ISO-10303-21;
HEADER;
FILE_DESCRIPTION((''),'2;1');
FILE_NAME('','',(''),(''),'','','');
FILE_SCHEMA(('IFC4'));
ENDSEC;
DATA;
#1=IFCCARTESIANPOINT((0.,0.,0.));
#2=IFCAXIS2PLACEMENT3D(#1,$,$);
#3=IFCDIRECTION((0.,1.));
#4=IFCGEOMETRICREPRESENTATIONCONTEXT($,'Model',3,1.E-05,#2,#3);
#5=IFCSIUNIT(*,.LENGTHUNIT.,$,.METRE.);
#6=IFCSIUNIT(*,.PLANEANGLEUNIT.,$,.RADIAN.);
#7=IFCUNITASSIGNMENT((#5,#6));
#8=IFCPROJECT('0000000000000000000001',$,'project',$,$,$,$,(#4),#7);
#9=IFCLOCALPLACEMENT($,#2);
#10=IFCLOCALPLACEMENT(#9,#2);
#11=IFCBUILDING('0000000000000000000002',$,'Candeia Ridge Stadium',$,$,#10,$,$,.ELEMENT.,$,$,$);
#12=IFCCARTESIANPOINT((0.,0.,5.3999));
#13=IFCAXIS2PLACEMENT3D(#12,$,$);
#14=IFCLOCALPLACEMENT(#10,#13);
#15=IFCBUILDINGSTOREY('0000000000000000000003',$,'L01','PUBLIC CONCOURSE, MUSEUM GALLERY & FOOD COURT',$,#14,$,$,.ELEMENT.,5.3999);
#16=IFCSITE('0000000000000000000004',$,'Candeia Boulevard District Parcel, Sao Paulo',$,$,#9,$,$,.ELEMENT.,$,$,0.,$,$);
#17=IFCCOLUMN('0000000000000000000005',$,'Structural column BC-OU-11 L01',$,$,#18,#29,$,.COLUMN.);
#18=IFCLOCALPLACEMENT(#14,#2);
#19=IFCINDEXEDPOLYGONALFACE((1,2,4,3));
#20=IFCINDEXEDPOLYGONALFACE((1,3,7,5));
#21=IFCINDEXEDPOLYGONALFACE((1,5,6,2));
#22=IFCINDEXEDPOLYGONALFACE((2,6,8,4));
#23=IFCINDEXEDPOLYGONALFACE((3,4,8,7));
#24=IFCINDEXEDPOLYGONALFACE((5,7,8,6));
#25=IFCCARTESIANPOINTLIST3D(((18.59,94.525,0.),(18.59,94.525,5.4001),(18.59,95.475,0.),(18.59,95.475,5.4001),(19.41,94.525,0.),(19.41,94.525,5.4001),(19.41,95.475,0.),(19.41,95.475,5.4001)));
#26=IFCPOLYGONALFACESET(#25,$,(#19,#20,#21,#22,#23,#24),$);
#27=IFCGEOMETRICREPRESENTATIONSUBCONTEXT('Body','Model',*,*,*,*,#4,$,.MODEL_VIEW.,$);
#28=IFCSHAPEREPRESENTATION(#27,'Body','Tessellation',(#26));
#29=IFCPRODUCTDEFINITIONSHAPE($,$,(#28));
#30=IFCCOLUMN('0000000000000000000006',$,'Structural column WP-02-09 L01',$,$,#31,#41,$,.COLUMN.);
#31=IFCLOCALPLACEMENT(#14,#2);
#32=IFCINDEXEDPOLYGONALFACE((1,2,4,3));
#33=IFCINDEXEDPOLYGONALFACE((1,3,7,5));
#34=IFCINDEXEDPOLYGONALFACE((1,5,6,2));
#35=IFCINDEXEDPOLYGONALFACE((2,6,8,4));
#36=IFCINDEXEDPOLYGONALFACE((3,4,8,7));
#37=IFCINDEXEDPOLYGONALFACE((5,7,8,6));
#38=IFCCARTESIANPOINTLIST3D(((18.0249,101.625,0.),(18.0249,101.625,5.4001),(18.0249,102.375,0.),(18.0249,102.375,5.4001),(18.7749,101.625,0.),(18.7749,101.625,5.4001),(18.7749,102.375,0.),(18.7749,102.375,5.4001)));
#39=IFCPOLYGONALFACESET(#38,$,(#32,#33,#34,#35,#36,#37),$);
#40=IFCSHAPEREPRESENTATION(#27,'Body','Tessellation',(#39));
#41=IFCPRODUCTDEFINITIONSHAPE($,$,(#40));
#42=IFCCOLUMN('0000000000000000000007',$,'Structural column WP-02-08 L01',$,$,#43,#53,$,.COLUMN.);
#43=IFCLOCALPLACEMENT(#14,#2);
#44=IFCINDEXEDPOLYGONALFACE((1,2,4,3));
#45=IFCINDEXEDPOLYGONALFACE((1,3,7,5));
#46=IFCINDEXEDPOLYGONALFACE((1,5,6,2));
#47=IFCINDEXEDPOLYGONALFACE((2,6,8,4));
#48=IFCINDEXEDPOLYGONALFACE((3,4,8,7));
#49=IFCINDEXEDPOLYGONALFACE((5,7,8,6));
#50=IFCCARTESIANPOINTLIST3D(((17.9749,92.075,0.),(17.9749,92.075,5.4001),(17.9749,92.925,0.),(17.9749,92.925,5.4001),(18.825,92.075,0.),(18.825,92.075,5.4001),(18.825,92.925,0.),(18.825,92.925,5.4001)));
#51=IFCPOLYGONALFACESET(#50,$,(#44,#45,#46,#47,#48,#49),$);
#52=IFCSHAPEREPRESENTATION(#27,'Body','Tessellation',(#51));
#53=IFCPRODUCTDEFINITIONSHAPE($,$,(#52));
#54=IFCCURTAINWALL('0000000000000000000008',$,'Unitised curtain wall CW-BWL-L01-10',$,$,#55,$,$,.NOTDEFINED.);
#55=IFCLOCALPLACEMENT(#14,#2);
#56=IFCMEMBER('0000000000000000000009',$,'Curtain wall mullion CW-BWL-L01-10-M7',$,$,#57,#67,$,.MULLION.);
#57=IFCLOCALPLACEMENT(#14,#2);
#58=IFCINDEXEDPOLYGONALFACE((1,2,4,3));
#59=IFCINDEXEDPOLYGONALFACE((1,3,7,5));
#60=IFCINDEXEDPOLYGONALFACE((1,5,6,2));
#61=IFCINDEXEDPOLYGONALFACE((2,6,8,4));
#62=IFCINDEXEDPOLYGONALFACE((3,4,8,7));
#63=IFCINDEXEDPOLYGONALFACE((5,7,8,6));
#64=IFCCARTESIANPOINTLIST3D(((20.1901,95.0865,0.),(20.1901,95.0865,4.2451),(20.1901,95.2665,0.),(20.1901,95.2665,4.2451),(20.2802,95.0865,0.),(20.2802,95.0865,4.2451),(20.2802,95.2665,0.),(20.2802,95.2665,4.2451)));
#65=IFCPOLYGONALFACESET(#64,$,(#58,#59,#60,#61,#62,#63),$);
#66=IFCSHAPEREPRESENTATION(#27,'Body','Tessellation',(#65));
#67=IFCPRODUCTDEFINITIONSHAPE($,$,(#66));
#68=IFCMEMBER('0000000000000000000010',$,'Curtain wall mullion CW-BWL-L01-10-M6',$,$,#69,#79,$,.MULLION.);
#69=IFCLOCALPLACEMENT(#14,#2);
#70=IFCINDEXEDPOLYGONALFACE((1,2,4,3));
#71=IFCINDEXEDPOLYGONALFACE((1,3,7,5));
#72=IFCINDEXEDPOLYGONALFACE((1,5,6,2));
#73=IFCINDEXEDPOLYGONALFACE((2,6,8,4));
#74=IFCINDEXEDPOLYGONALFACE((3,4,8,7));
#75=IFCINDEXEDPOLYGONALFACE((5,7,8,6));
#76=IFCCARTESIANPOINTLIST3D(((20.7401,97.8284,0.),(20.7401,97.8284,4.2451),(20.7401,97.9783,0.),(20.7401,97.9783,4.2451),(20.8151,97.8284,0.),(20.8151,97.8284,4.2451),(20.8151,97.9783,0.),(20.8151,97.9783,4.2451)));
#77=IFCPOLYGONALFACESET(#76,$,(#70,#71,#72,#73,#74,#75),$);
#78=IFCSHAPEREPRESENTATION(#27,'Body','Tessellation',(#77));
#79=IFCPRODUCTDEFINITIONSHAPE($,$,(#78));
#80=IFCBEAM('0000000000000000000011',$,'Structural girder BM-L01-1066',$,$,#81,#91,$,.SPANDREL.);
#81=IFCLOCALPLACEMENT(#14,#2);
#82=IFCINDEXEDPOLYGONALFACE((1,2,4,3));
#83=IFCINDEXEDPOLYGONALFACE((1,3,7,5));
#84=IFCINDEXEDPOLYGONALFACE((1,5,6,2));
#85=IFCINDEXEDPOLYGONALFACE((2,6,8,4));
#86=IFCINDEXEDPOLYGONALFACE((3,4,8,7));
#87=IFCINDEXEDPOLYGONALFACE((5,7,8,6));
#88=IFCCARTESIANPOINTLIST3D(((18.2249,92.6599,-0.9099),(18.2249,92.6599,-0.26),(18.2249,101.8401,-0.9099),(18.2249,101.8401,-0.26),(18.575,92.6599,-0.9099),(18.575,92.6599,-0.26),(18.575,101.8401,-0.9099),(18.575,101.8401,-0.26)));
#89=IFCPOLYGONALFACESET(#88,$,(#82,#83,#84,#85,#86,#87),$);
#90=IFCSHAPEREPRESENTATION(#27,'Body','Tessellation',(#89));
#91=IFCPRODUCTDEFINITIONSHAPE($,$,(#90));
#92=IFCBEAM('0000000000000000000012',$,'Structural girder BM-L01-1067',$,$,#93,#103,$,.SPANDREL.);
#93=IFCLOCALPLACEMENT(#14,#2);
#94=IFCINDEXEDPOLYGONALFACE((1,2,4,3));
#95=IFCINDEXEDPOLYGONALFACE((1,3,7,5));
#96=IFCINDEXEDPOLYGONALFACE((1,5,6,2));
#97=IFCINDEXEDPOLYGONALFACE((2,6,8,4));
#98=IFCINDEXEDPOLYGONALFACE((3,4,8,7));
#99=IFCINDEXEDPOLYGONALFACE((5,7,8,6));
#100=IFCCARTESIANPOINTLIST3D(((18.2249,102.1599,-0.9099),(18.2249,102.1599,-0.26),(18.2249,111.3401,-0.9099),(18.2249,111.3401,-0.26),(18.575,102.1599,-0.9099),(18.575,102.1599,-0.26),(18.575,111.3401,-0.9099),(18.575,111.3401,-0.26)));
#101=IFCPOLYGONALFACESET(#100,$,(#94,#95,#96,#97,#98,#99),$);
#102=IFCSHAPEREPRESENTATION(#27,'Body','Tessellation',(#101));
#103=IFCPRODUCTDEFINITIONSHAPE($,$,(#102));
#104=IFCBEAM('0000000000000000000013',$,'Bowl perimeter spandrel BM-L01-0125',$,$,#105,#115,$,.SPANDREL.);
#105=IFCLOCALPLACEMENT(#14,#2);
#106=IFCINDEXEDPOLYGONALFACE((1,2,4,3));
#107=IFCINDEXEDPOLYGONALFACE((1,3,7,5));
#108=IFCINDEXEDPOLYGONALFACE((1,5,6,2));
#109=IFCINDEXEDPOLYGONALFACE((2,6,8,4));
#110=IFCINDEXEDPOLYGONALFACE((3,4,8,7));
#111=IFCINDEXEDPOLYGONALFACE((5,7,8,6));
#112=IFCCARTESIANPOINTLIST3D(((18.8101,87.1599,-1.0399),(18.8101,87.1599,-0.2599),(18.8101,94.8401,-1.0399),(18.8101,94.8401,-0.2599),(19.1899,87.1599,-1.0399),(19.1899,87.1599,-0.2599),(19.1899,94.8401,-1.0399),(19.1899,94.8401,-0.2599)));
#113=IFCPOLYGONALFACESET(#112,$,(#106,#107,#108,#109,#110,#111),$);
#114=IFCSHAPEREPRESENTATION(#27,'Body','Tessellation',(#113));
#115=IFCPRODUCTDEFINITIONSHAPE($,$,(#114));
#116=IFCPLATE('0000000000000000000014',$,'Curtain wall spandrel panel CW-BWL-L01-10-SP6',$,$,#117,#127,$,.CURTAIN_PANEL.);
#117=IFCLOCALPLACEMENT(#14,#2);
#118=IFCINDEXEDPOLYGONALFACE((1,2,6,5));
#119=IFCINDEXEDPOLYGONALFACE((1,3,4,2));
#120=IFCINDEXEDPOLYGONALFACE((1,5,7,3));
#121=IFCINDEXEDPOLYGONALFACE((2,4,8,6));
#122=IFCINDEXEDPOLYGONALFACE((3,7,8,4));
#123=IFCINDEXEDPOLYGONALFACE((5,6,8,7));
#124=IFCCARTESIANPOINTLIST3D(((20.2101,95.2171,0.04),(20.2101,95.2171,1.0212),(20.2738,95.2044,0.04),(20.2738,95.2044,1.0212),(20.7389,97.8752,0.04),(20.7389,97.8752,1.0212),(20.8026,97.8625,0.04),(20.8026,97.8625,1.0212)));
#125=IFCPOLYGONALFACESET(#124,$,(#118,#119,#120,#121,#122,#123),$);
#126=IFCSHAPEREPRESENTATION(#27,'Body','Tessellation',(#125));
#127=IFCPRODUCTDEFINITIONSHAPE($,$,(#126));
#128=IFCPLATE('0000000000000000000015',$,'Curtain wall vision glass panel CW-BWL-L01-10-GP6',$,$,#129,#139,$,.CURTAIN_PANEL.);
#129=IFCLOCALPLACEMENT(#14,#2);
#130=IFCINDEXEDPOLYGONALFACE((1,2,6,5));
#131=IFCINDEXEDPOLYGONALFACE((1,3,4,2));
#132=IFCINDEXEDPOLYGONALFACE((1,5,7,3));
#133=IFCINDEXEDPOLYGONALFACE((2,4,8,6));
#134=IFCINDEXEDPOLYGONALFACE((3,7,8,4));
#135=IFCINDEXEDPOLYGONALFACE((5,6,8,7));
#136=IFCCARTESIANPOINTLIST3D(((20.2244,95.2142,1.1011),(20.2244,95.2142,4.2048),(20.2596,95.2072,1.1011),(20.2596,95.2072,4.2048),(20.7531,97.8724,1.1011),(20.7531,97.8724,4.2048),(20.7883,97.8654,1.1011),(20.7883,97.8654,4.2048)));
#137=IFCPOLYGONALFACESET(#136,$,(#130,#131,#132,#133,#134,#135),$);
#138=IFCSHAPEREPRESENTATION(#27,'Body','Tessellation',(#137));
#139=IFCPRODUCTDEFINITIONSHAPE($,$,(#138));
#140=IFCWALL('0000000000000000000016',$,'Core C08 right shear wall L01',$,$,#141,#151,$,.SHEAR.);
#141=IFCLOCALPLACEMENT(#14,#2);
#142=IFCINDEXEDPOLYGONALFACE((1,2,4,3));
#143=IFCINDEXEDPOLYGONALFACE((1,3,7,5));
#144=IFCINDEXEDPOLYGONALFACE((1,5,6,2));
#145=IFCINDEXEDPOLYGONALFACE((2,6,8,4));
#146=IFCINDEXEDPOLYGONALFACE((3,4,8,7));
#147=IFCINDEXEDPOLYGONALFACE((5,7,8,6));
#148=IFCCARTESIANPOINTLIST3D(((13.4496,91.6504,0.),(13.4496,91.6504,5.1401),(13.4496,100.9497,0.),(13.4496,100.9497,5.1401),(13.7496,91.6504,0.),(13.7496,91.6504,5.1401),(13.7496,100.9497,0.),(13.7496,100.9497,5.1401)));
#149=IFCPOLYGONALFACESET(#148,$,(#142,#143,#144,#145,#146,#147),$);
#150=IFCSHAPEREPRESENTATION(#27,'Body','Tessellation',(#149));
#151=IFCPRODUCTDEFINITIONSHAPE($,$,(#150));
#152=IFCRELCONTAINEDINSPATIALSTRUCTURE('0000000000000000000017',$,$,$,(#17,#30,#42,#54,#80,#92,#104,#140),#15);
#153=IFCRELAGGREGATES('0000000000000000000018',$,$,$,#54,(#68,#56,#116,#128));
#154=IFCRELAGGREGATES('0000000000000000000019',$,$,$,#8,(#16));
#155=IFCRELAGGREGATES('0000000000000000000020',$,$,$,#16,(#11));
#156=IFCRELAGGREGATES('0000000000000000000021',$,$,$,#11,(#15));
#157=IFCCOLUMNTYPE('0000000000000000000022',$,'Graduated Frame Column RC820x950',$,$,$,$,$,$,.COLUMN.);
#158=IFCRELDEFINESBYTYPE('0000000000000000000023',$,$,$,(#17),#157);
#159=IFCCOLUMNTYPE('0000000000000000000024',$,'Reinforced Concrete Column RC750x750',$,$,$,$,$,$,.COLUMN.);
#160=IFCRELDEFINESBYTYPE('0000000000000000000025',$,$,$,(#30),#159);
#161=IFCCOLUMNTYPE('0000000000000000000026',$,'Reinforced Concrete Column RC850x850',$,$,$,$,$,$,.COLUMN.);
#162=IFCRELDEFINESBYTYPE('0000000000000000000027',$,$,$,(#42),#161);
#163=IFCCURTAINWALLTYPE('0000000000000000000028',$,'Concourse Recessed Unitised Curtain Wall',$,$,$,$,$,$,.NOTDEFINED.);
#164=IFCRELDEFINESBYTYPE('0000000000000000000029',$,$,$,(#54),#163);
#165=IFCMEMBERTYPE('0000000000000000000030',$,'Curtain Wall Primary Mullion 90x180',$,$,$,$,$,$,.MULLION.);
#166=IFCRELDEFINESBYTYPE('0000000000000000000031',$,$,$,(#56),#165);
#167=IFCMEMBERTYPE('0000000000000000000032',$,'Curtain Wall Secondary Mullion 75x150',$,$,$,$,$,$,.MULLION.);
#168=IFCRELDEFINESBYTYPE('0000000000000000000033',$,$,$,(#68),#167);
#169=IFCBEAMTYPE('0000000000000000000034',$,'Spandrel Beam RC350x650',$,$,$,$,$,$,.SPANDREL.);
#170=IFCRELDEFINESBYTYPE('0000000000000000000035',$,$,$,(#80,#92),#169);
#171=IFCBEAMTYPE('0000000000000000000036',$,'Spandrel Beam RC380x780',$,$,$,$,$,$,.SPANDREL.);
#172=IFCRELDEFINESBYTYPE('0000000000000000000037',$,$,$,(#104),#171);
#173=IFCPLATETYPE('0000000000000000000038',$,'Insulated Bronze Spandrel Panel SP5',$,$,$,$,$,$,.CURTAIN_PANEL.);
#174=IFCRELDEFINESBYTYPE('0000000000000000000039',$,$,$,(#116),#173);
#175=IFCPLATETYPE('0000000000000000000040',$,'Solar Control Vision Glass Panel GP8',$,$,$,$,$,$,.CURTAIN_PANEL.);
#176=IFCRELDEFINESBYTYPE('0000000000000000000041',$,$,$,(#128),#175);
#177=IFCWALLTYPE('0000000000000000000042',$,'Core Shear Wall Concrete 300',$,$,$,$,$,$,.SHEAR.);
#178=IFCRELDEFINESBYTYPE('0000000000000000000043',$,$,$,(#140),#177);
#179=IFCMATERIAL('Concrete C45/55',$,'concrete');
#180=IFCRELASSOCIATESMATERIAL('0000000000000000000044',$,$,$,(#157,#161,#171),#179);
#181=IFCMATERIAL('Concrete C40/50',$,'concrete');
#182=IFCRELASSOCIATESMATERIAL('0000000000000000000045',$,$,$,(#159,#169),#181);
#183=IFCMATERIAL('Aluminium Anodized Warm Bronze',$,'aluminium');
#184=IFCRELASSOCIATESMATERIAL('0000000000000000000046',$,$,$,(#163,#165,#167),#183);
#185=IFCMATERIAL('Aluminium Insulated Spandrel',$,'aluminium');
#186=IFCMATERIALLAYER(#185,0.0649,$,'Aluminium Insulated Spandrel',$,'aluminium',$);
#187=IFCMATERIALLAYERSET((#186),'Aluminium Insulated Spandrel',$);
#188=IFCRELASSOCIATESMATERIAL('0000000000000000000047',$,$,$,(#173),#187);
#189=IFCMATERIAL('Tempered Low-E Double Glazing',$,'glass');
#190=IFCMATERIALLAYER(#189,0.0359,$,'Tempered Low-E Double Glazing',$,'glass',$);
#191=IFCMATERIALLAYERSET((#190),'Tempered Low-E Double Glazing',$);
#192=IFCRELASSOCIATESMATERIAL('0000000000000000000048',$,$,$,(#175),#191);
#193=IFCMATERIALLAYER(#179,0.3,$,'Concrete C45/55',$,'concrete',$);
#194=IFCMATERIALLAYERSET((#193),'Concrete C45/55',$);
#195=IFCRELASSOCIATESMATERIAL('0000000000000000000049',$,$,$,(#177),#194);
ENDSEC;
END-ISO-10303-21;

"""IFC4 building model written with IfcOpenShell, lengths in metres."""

from ifc_helpers import new_model, si_unit, direction, frame, frame_2d, origin, origin_2d, place, context, subcontext, project, spatial, rectangle, extrude, material, layer, layer_set, material_profile, profile_set, type_object, element, aggregate, save


model = new_model("IFC4")

# Units and contexts
model_context = context("Model", 3, precision=1e-05, world=origin(), true_north=direction((0.0, 1.0)))
body_context = subcontext(model_context, "Body", "Model", "MODEL_VIEW")
ifc_project = project(units=[si_unit("LENGTHUNIT", "METRE"), si_unit("PLANEANGLEUNIT", "RADIAN")], contexts=[model_context])

# Site, building, storey
site_placement = place(None, origin())
site = spatial("IfcSite", under=ifc_project, at=site_placement, Name="Candeia Boulevard District Parcel, Sao Paulo", CompositionType="ELEMENT", RefElevation=0.0)
building_placement = place(site_placement, origin())
building = spatial("IfcBuilding", under=site, at=building_placement, Name="Candeia Ridge Stadium", CompositionType="ELEMENT")
storey_placement = place(building_placement, frame((0.0, 0.0, 5.3999)))
storey = spatial("IfcBuildingStorey", under=building, at=storey_placement, Name="L01", Description="PUBLIC CONCOURSE, MUSEUM GALLERY & FOOD COURT", CompositionType="ELEMENT", Elevation=5.3999)

# Columns
ifc_material_1 = material(Name="Concrete C45/55", Category="concrete")
ifc_material_profile_1 = material_profile(ifc_material_1, rectangle(XDim=0.8201, YDim=0.95, at=origin_2d()), Name="RC820x950", Category="concrete")
ifc_profile_set_1 = profile_set([ifc_material_profile_1], Name="Concrete C45/55")
column_type_1 = type_object("IfcColumnType", Name="Graduated Frame Column RC820x950", PredefinedType="COLUMN", material=ifc_profile_set_1)
column_1_placement = place(storey_placement, frame((19.0, 95.0, 0.0), z_axis=(0.0, 0.0, 1.0), x_axis=(1.0, 0.0, 0.0)))
element("IfcColumn", 1, at=column_1_placement, inside=storey, type_object=column_type_1, Name="Structural column BC-OU-11 L01", PredefinedType="COLUMN", context=body_context, shape_type="SweptSolid", body=[
    extrude(rectangle(XDim=0.8201, YDim=0.95, at=origin_2d()), origin(), (0.0, 0.0, 1.0), 5.4001),
])
ifc_material_2 = material(Name="Concrete C40/50", Category="concrete")
ifc_material_profile_2 = material_profile(ifc_material_2, rectangle(XDim=0.75, YDim=0.75, at=origin_2d()), Name="RC750x750", Category="concrete")
ifc_profile_set_2 = profile_set([ifc_material_profile_2], Name="Concrete C40/50")
column_type_2 = type_object("IfcColumnType", Name="Reinforced Concrete Column RC750x750", PredefinedType="COLUMN", material=ifc_profile_set_2)
column_2_placement = place(storey_placement, frame((18.3999, 102.0, 0.0), z_axis=(0.0, 0.0, 1.0), x_axis=(1.0, 0.0, 0.0)))
element("IfcColumn", 2, at=column_2_placement, inside=storey, type_object=column_type_2, Name="Structural column WP-02-09 L01", PredefinedType="COLUMN", context=body_context, shape_type="SweptSolid", body=[
    extrude(rectangle(XDim=0.75, YDim=0.75, at=origin_2d()), origin(), (0.0, 0.0, 1.0), 5.4001),
])
ifc_material_profile_3 = material_profile(ifc_material_1, rectangle(XDim=0.8501, YDim=0.8501, at=origin_2d()), Name="RC850x850", Category="concrete")
ifc_profile_set_3 = profile_set([ifc_material_profile_3], Name="Concrete C45/55")
column_type_3 = type_object("IfcColumnType", Name="Reinforced Concrete Column RC850x850", PredefinedType="COLUMN", material=ifc_profile_set_3)
column_3_placement = place(storey_placement, frame((18.3999, 92.5, 0.0), z_axis=(0.0, 0.0, 1.0), x_axis=(1.0, 0.0, 0.0)))
element("IfcColumn", 3, at=column_3_placement, inside=storey, type_object=column_type_3, Name="Structural column WP-02-08 L01", PredefinedType="COLUMN", context=body_context, shape_type="SweptSolid", body=[
    extrude(rectangle(XDim=0.8501, YDim=0.8501, at=origin_2d()), origin(), (0.0, 0.0, 1.0), 5.4001),
])

# Curtain wall, members
ifc_material_3 = material(Name="Aluminium Anodized Warm Bronze", Category="aluminium")
curtain_wall_type = type_object("IfcCurtainWallType", Name="Concourse Recessed Unitised Curtain Wall", PredefinedType="NOTDEFINED", material=ifc_material_3)
curtain_wall_placement = place(storey_placement, origin())
curtain_wall = element("IfcCurtainWall", 4, at=curtain_wall_placement, inside=storey, type_object=curtain_wall_type, Name="Unitised curtain wall CW-BWL-L01-10", PredefinedType="NOTDEFINED")
ifc_material_profile_4 = material_profile(ifc_material_3, rectangle(XDim=0.0901, YDim=0.1799, at=origin_2d()), Name="CWM-90x180", Category="aluminium")
ifc_profile_set_4 = profile_set([ifc_material_profile_4], Name="Aluminium Anodized Warm Bronze")
member_type_1 = type_object("IfcMemberType", Name="Curtain Wall Primary Mullion 90x180", PredefinedType="MULLION", material=ifc_profile_set_4)
member_1_placement = place(storey_placement, frame((20.2351, 95.1765, 0.0), z_axis=(0.0, 0.0, 1.0), x_axis=(1.0, 0.0, 0.0)))
member_1 = element("IfcMember", 5, at=member_1_placement, type_object=member_type_1, Name="Curtain wall mullion CW-BWL-L01-10-M7", PredefinedType="MULLION", context=body_context, shape_type="SweptSolid", body=[
    extrude(rectangle(XDim=0.0901, YDim=0.1799, at=origin_2d()), origin(), (0.0, 0.0, 1.0), 4.2451),
])
ifc_material_profile_5 = material_profile(ifc_material_3, rectangle(XDim=0.075, YDim=0.1499, at=origin_2d()), Name="CWM-75x150", Category="aluminium")
ifc_profile_set_5 = profile_set([ifc_material_profile_5], Name="Aluminium Anodized Warm Bronze")
member_type_2 = type_object("IfcMemberType", Name="Curtain Wall Secondary Mullion 75x150", PredefinedType="MULLION", material=ifc_profile_set_5)
member_2_placement = place(storey_placement, frame((20.7776, 97.9033, 0.0), z_axis=(0.0, 0.0, 1.0), x_axis=(1.0, 0.0, 0.0)))
member_2 = element("IfcMember", 6, at=member_2_placement, type_object=member_type_2, Name="Curtain wall mullion CW-BWL-L01-10-M6", PredefinedType="MULLION", context=body_context, shape_type="SweptSolid", body=[
    extrude(rectangle(XDim=0.075, YDim=0.1499, at=origin_2d()), origin(), (0.0, 0.0, 1.0), 4.2451),
])

# Beams
ifc_material_profile_6 = material_profile(ifc_material_2, rectangle(XDim=0.3501, YDim=0.6499, at=origin_2d()), Name="RC350x650", Category="concrete")
ifc_profile_set_6 = profile_set([ifc_material_profile_6], Name="Concrete C40/50")
beam_type_1 = type_object("IfcBeamType", Name="Spandrel Beam RC350x650", PredefinedType="SPANDREL", material=ifc_profile_set_6)
for number, where, z_axis, x_axis, name in (
    (7, (18.3999, 92.6599, -0.585), (0.0, 1.0, 0.0), (-1.0, 0.0, 0.0), "Structural girder BM-L01-1066"),
    (8, (18.3999, 102.1599, -0.585), (0.0, 1.0, 0.0), (-1.0, 0.0, 0.0), "Structural girder BM-L01-1067"),
):
    element("IfcBeam", number, at=place(storey_placement, frame(where, z_axis=z_axis, x_axis=x_axis)), inside=storey, type_object=beam_type_1, Name=name, PredefinedType="SPANDREL", context=body_context, shape_type="SweptSolid", body=[
        extrude(rectangle(XDim=0.3501, YDim=0.6499, at=origin_2d()), origin(), (0.0, 0.0, 1.0), 9.1802),
    ])
ifc_material_profile_7 = material_profile(ifc_material_1, rectangle(XDim=0.3799, YDim=0.78, at=origin_2d()), Name="RC380x780", Category="concrete")
ifc_profile_set_7 = profile_set([ifc_material_profile_7], Name="Concrete C45/55")
beam_type_2 = type_object("IfcBeamType", Name="Spandrel Beam RC380x780", PredefinedType="SPANDREL", material=ifc_profile_set_7)
beam_placement = place(storey_placement, frame((19.0, 94.8401, -0.6499), z_axis=(0.0, -1.0, 0.0), x_axis=(1.0, 0.0, 0.0)))
element("IfcBeam", 9, at=beam_placement, inside=storey, type_object=beam_type_2, Name="Bowl perimeter spandrel BM-L01-0125", PredefinedType="SPANDREL", context=body_context, shape_type="SweptSolid", body=[
    extrude(rectangle(XDim=0.3799, YDim=0.78, at=origin_2d()), origin(), (0.0, 0.0, 1.0), 7.6802),
])

# Plates
ifc_material_4 = material(Name="Aluminium Insulated Spandrel", Category="aluminium")
ifc_layer_1 = layer(ifc_material_4, 0.0649, Name="Aluminium Insulated Spandrel", Category="aluminium")
ifc_layer_set_1 = layer_set([ifc_layer_1], Name="Aluminium Insulated Spandrel")
plate_type_1 = type_object("IfcPlateType", Name="Insulated Bronze Spandrel Panel SP5", PredefinedType="CURTAIN_PANEL", material=ifc_layer_set_1)
plate_1_placement = place(storey_placement, frame((20.5063, 96.5398, 0.04), z_axis=(0.0, 0.0, 1.0), x_axis=(-0.19509, -0.980785, 0.0)))
plate_1 = element("IfcPlate", 10, at=plate_1_placement, type_object=plate_type_1, Name="Curtain wall spandrel panel CW-BWL-L01-10-SP6", PredefinedType="CURTAIN_PANEL", context=body_context, shape_type="SweptSolid", body=[
    extrude(rectangle(XDim=2.7102, YDim=0.0649, at=origin_2d()), origin(), (0.0, 0.0, 1.0), 0.9812),
])
ifc_material_5 = material(Name="Tempered Low-E Double Glazing", Category="glass")
ifc_layer_2 = layer(ifc_material_5, 0.0359, Name="Tempered Low-E Double Glazing", Category="glass")
ifc_layer_set_2 = layer_set([ifc_layer_2], Name="Tempered Low-E Double Glazing")
plate_type_2 = type_object("IfcPlateType", Name="Solar Control Vision Glass Panel GP8", PredefinedType="CURTAIN_PANEL", material=ifc_layer_set_2)
plate_2_placement = place(storey_placement, frame((20.5063, 96.5398, 1.1011), z_axis=(0.0, 0.0, 1.0), x_axis=(-0.19509, -0.980785, 0.0)))
plate_2 = element("IfcPlate", 11, at=plate_2_placement, type_object=plate_type_2, Name="Curtain wall vision glass panel CW-BWL-L01-10-GP6", PredefinedType="CURTAIN_PANEL", context=body_context, shape_type="SweptSolid", body=[
    extrude(rectangle(XDim=2.7102, YDim=0.0359, at=origin_2d()), origin(), (0.0, 0.0, 1.0), 3.1038),
])
aggregate(curtain_wall, [member_2, member_1, plate_1, plate_2])

# Wall
ifc_layer_3 = layer(ifc_material_1, 0.3, Name="Concrete C45/55", Category="concrete")
ifc_layer_set_3 = layer_set([ifc_layer_3], Name="Concrete C45/55")
wall_type = type_object("IfcWallType", Name="Core Shear Wall Concrete 300", PredefinedType="SHEAR", material=ifc_layer_set_3)
wall_1_placement = place(storey_placement, frame((13.5996, 91.6504, 0.0), z_axis=(0.0, 0.0, 1.0), x_axis=(0.0, 1.0, 0.0)))
element("IfcWall", 12, at=wall_1_placement, inside=storey, type_object=wall_type, Name="Core C08 right shear wall L01", PredefinedType="SHEAR", context=body_context, shape_type="SweptSolid", body=[
    extrude(rectangle(XDim=9.2993, YDim=0.3, at=frame_2d((4.6497, 0.0))), origin(), (0.0, 0.0, 1.0), 5.1401),
])

save(model, "model.ifc")
